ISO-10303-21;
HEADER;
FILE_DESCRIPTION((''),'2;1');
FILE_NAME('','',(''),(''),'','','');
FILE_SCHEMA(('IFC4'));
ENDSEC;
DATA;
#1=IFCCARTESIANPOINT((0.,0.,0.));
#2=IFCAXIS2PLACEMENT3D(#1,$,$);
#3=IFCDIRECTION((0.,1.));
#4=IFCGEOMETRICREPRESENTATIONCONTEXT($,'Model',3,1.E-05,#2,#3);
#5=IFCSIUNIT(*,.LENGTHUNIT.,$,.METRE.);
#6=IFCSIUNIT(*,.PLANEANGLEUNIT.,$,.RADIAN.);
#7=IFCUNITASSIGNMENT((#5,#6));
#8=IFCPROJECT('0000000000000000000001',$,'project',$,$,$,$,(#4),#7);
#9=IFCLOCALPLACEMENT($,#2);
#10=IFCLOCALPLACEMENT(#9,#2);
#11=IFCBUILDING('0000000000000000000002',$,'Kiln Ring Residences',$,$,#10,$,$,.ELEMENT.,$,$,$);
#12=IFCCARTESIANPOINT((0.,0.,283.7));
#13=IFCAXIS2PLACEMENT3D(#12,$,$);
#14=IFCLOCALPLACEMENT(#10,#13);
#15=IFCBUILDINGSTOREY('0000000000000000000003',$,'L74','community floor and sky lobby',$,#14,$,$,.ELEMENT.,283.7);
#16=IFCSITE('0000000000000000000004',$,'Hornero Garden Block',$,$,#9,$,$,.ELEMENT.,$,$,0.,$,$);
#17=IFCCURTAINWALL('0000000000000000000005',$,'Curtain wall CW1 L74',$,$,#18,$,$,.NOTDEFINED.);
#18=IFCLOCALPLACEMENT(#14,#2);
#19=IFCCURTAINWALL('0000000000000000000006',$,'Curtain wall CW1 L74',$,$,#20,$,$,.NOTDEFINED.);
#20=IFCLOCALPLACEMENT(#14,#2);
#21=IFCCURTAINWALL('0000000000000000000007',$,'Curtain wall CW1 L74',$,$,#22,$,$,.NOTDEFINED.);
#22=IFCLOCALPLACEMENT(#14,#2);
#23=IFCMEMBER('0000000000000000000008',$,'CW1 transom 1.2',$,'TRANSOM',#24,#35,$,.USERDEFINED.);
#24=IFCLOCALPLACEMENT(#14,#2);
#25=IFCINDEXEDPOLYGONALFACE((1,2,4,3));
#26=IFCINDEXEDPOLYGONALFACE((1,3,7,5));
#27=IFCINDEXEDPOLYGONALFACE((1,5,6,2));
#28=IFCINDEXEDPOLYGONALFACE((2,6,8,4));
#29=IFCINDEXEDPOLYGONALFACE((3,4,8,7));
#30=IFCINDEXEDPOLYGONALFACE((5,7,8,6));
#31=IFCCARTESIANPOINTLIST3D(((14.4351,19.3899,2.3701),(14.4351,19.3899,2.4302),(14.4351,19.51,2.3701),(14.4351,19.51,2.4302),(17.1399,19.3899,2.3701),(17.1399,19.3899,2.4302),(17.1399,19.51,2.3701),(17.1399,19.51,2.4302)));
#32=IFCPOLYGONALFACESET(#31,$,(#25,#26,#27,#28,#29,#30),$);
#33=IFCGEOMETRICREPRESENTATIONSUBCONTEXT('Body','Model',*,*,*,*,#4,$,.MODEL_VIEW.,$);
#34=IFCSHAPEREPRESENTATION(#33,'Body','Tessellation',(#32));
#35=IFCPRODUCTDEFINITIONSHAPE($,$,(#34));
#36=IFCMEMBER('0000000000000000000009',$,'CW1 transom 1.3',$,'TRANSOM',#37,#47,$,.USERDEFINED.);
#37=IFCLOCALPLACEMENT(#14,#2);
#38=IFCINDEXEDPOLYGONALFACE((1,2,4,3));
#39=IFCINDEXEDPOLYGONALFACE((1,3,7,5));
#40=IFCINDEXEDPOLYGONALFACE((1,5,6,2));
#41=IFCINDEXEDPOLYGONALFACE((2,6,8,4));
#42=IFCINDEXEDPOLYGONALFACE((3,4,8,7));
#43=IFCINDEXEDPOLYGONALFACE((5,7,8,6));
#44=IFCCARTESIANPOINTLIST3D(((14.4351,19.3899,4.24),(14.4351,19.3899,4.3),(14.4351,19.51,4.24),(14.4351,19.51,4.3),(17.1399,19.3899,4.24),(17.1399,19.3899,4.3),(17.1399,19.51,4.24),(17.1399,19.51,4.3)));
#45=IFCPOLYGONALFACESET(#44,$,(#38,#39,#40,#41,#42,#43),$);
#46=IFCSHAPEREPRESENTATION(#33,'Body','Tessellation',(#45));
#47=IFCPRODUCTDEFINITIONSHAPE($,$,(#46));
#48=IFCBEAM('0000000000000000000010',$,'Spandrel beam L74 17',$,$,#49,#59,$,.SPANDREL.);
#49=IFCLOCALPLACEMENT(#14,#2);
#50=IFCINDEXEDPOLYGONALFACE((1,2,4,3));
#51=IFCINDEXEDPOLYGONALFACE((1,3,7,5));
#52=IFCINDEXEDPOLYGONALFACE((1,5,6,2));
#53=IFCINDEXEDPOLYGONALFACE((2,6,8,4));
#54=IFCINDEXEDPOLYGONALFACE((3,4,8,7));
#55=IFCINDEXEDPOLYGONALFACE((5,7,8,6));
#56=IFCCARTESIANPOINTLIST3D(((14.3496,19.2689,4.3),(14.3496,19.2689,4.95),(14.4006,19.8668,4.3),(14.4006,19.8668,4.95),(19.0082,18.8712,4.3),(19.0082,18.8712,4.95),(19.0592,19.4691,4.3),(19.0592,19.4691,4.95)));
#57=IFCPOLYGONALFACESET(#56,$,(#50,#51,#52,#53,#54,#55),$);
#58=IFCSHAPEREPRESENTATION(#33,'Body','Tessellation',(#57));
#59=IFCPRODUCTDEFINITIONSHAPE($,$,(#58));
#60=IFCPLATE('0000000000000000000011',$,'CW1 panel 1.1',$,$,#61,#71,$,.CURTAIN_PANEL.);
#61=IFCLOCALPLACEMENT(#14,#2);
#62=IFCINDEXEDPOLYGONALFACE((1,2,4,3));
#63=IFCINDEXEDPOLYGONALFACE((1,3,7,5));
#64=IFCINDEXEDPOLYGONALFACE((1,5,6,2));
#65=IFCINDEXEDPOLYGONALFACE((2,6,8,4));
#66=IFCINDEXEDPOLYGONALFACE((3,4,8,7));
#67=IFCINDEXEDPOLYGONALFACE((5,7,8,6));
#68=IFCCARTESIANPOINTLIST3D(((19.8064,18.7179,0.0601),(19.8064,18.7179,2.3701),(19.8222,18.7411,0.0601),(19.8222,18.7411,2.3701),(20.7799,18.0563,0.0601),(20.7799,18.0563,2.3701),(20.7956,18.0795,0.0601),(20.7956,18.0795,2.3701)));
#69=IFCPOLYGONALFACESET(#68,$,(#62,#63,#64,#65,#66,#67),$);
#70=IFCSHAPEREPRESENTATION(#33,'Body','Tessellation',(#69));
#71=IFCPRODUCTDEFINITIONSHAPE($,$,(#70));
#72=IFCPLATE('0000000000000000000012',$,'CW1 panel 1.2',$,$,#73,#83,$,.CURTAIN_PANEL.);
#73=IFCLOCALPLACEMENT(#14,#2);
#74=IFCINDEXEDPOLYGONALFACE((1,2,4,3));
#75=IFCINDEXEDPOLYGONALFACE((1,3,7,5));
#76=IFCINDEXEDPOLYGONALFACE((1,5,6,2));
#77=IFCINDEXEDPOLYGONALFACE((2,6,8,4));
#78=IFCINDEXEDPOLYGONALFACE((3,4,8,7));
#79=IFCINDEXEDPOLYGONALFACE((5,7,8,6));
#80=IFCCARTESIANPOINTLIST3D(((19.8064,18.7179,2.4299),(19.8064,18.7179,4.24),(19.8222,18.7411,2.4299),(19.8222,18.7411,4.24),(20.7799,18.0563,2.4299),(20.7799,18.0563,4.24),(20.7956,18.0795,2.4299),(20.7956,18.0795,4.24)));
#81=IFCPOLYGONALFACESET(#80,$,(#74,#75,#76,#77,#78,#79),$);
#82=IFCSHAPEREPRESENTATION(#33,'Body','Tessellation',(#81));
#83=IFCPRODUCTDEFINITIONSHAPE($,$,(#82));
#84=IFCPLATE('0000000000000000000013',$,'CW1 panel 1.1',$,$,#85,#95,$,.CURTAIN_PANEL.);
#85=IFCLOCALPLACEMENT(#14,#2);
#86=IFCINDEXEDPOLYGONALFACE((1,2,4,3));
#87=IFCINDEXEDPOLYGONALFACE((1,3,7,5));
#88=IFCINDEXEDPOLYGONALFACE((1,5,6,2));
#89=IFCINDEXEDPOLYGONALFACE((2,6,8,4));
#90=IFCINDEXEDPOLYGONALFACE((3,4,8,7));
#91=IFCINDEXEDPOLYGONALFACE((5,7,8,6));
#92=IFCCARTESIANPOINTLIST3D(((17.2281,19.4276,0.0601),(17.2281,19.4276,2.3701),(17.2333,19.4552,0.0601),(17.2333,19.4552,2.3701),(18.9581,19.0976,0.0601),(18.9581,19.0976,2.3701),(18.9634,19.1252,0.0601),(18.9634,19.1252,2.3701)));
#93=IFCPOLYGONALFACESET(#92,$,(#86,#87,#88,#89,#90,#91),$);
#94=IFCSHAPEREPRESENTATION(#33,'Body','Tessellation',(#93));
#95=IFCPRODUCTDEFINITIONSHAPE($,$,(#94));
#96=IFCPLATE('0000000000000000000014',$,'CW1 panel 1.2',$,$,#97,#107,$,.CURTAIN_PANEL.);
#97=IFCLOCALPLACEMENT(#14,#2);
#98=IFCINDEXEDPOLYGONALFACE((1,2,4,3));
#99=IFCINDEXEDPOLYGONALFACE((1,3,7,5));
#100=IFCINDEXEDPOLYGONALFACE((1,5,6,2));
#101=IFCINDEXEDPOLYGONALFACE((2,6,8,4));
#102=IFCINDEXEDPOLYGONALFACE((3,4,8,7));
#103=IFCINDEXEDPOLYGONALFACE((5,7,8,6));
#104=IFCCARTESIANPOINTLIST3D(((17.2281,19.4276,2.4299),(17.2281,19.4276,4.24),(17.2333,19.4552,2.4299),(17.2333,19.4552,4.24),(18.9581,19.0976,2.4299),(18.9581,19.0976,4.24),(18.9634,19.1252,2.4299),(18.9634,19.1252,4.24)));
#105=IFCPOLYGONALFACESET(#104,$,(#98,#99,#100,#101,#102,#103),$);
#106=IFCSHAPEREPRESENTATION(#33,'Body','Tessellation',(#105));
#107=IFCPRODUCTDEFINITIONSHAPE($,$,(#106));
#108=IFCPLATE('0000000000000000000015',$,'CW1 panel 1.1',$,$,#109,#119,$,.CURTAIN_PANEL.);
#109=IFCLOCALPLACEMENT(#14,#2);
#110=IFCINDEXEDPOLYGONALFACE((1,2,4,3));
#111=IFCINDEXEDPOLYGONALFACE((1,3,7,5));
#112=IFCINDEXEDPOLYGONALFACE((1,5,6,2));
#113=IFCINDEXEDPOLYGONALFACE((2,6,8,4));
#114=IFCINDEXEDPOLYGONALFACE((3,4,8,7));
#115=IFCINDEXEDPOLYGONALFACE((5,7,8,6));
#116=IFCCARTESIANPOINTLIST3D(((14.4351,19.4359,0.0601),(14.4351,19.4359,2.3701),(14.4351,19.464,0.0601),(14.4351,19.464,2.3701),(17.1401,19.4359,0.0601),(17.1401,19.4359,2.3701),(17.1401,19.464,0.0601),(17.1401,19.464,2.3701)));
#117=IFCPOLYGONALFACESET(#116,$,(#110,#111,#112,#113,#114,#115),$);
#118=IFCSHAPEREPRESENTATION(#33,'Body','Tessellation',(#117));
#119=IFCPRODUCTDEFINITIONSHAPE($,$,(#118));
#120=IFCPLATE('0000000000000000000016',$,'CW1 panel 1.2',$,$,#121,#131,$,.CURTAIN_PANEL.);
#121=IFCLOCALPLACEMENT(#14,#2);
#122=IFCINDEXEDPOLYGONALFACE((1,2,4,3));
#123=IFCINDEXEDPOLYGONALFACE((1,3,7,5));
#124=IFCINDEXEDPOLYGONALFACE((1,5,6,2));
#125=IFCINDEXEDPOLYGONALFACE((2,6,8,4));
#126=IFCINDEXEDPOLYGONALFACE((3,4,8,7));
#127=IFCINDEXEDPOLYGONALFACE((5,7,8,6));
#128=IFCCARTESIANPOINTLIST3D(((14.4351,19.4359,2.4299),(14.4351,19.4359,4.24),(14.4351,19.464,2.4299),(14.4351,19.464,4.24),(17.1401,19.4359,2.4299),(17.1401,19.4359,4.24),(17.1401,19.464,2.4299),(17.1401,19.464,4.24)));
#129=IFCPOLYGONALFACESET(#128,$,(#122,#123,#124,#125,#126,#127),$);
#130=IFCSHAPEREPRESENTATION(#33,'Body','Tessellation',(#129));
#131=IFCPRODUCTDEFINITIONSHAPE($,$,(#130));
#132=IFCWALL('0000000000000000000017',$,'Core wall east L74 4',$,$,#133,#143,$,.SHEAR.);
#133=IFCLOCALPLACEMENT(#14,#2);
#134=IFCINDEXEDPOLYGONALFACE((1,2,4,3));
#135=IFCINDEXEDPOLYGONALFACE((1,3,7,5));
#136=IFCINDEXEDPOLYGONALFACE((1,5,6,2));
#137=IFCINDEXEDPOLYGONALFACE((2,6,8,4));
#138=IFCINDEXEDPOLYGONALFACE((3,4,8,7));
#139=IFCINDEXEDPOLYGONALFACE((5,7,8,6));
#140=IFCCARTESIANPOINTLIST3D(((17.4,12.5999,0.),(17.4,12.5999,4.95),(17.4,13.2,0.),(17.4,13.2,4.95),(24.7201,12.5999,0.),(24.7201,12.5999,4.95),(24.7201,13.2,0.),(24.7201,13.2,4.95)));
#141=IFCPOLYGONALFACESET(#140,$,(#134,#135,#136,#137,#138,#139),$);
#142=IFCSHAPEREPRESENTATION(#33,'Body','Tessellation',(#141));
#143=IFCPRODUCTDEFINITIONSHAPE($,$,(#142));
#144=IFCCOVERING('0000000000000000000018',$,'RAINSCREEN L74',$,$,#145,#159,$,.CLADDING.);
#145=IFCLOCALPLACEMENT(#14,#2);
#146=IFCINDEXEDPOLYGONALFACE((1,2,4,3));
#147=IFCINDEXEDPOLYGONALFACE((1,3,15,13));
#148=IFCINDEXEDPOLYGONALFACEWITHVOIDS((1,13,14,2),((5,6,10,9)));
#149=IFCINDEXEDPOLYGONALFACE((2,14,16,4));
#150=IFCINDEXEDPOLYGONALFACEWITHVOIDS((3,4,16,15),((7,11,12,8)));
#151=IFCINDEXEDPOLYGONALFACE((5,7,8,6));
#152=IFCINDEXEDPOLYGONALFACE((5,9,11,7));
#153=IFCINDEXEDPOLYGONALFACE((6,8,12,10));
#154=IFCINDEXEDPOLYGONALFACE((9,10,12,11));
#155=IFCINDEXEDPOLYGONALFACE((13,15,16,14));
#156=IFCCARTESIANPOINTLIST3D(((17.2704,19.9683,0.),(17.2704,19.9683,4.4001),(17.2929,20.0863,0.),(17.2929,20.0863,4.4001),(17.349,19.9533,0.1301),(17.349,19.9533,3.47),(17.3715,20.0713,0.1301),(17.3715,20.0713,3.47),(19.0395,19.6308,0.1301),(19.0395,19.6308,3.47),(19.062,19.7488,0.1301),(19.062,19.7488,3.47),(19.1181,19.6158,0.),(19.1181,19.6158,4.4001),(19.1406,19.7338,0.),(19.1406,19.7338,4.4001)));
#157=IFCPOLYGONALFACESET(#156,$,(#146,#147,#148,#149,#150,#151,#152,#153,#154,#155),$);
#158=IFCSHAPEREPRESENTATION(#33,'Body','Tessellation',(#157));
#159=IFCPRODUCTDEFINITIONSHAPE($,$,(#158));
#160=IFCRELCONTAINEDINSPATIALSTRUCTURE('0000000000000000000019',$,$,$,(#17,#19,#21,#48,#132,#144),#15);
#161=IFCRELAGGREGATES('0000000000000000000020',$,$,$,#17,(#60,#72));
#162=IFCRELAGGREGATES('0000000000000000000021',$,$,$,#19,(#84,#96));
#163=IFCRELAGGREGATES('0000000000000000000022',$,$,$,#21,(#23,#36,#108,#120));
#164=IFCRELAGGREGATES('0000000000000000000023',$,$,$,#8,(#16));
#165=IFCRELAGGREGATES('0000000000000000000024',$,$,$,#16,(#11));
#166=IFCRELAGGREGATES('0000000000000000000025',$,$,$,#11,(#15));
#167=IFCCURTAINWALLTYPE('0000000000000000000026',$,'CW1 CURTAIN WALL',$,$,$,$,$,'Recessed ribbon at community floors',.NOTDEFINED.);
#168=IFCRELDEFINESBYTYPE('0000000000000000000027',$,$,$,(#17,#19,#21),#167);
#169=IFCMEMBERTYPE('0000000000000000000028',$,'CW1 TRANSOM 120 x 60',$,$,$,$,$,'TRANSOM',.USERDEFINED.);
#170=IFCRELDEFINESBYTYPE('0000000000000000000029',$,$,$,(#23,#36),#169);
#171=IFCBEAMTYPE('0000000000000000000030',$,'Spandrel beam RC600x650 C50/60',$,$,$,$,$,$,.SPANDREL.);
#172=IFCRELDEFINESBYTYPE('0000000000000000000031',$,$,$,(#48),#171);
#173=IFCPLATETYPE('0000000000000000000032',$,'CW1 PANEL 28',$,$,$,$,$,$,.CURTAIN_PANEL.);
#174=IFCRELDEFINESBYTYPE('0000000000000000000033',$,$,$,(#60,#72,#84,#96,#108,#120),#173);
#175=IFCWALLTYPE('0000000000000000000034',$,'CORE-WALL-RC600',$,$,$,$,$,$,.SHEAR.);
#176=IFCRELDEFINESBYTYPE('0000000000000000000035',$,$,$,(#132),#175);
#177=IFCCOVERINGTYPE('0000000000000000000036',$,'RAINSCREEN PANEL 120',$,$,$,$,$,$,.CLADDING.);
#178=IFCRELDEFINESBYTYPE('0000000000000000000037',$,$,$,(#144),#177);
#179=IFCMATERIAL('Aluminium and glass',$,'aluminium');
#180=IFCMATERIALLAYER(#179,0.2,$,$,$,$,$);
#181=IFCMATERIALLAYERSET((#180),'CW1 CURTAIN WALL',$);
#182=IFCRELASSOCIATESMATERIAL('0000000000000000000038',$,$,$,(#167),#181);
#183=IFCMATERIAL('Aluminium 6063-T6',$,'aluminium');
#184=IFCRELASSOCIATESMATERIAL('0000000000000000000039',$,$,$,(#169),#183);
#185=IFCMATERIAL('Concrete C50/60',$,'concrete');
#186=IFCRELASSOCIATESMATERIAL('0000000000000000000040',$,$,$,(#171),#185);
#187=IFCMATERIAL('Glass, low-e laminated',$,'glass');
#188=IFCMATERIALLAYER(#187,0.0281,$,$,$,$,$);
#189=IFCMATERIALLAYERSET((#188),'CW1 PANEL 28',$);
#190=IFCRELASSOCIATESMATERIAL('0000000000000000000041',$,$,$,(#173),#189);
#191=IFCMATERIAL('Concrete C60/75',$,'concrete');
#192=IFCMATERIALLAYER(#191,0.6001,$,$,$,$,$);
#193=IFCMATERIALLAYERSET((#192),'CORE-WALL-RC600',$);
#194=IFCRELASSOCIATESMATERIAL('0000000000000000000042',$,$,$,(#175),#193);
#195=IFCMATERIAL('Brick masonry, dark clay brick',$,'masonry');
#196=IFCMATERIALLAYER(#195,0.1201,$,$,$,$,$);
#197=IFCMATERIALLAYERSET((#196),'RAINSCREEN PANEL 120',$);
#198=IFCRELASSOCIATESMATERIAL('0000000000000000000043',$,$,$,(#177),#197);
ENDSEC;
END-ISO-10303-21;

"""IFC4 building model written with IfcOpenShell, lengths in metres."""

from ifc_helpers import new_model, si_unit, direction, frame, frame_2d, origin, origin_2d, place, context, subcontext, project, spatial, polyline, rectangle, outline, extrude, material, layer, layer_set, material_profile, profile_set, type_object, element, aggregate, save


model = new_model("IFC4")

# Units and contexts
model_context = context("Model", 3, precision=1e-05, world=origin(), true_north=direction((0.0, 1.0)))
body_context = subcontext(model_context, "Body", "Model", "MODEL_VIEW")
ifc_project = project(units=[si_unit("LENGTHUNIT", "METRE"), si_unit("PLANEANGLEUNIT", "RADIAN")], contexts=[model_context])

# Site, building, storey
site_placement = place(None, origin())
site = spatial("IfcSite", under=ifc_project, at=site_placement, Name="Hornero Garden Block", CompositionType="ELEMENT", RefElevation=0.0)
building_placement = place(site_placement, origin())
building = spatial("IfcBuilding", under=site, at=building_placement, Name="Kiln Ring Residences", CompositionType="ELEMENT")
storey_placement = place(building_placement, frame((0.0, 0.0, 283.7)))
storey = spatial("IfcBuildingStorey", under=building, at=storey_placement, Name="L74", Description="community floor and sky lobby", CompositionType="ELEMENT", Elevation=283.7)

# Curtain walls
ifc_material_1 = material(Name="Aluminium and glass", Category="aluminium")
ifc_layer_1 = layer(ifc_material_1, 0.2)
ifc_layer_set_1 = layer_set([ifc_layer_1], Name="CW1 CURTAIN WALL")
curtain_wall_type = type_object("IfcCurtainWallType", Name="CW1 CURTAIN WALL", ElementType="Recessed ribbon at community floors", PredefinedType="NOTDEFINED", material=ifc_layer_set_1)
placement = place(storey_placement, origin())
curtain_wall_1 = element("IfcCurtainWall", 1, at=placement, inside=storey, type_object=curtain_wall_type, Name="Curtain wall CW1 L74", PredefinedType="NOTDEFINED")
curtain_wall_2 = element("IfcCurtainWall", 2, at=placement, inside=storey, type_object=curtain_wall_type, Name="Curtain wall CW1 L74", PredefinedType="NOTDEFINED")

# Curtain wall
curtain_wall_3 = element("IfcCurtainWall", 3, at=placement, inside=storey, type_object=curtain_wall_type, Name="Curtain wall CW1 L74", PredefinedType="NOTDEFINED")

# Members
ifc_material_2 = material(Name="Aluminium 6063-T6", Category="aluminium")
ifc_material_profile_1 = material_profile(ifc_material_2, rectangle(XDim=0.1201, YDim=0.0601, at=origin_2d()), Name="AL 120x60")
ifc_profile_set_1 = profile_set([ifc_material_profile_1], Name="Aluminium 6063-T6")
member_type_1 = type_object("IfcMemberType", Name="CW1 TRANSOM 120 x 60", ElementType="TRANSOM", PredefinedType="USERDEFINED", material=ifc_profile_set_1)
member_1_placement = place(storey_placement, frame((17.1399, 19.45, 2.4001), z_axis=(-1.0, 0.0, 0.0), x_axis=(0.0, -1.0, 0.0)))
member_1 = element("IfcMember", 4, at=member_1_placement, type_object=member_type_1, Name="CW1 transom 1.2", ObjectType="TRANSOM", PredefinedType="USERDEFINED", context=body_context, shape_type="SweptSolid", body=[
    extrude(rectangle(XDim=0.1201, YDim=0.0601, at=origin_2d()), origin(), (0.0, 0.0, 1.0), 2.7048),
])
member_2_placement = place(storey_placement, frame((17.1399, 19.45, 4.27), z_axis=(-1.0, 0.0, 0.0), x_axis=(0.0, -1.0, 0.0)))
member_2 = element("IfcMember", 5, at=member_2_placement, type_object=member_type_1, Name="CW1 transom 1.3", ObjectType="TRANSOM", PredefinedType="USERDEFINED", context=body_context, shape_type="SweptSolid", body=[
    extrude(rectangle(XDim=0.1201, YDim=0.0601, at=origin_2d()), origin(), (0.0, 0.0, 1.0), 2.7048),
])

# Beam
ifc_material_3 = material(Name="Concrete C50/60", Category="concrete")
ifc_material_profile_2 = material_profile(ifc_material_3, rectangle(XDim=0.6001, YDim=0.6499, at=origin_2d()), Name="RC600x650")
ifc_profile_set_2 = profile_set([ifc_material_profile_2], Name="Concrete C50/60")
beam_type = type_object("IfcBeamType", Name="Spandrel beam RC600x650 C50/60", PredefinedType="SPANDREL", material=ifc_profile_set_2)
beam_placement = place(storey_placement, frame((19.0337, 19.1702, 4.625), z_axis=(-0.996376, 0.085059, 0.0), x_axis=(-0.085059, -0.996376, 0.0)))
element("IfcBeam", 6, at=beam_placement, inside=storey, type_object=beam_type, Name="Spandrel beam L74 17", PredefinedType="SPANDREL", context=body_context, shape_type="SweptSolid", body=[
    extrude(rectangle(XDim=0.6001, YDim=0.6499, at=origin_2d()), origin(), (0.0, 0.0, 1.0), 4.6755),
])

# Plates
ifc_material_4 = material(Name="Glass, low-e laminated", Category="glass")
ifc_layer_2 = layer(ifc_material_4, 0.0281)
ifc_layer_set_2 = layer_set([ifc_layer_2], Name="CW1 PANEL 28")
plate_type = type_object("IfcPlateType", Name="CW1 PANEL 28", PredefinedType="CURTAIN_PANEL", material=ifc_layer_set_2)
plate_1_placement = place(storey_placement, frame((20.301, 18.3987, 0.0601), z_axis=(0.0, 0.0, 1.0), x_axis=(-0.827072, 0.562097, 0.0)))
plate_1 = element("IfcPlate", 7, at=plate_1_placement, type_object=plate_type, Name="CW1 panel 1.1", PredefinedType="CURTAIN_PANEL", context=body_context, shape_type="SweptSolid", body=[
    extrude(rectangle(XDim=1.177, YDim=0.0281, at=origin_2d()), origin(), (0.0, 0.0, 1.0), 2.3101),
])
plate_2_placement = place(storey_placement, frame((20.301, 18.3987, 2.4299), z_axis=(0.0, 0.0, 1.0), x_axis=(-0.827072, 0.562097, 0.0)))
plate_2 = element("IfcPlate", 8, at=plate_2_placement, type_object=plate_type, Name="CW1 panel 1.2", PredefinedType="CURTAIN_PANEL", context=body_context, shape_type="SweptSolid", body=[
    extrude(rectangle(XDim=1.177, YDim=0.0281, at=origin_2d()), origin(), (0.0, 0.0, 1.0), 1.8101),
])
aggregate(curtain_wall_1, [plate_1, plate_2])
plate_3_placement = place(storey_placement, frame((18.0957, 19.2764, 0.0601), z_axis=(0.0, 0.0, 1.0), x_axis=(-0.98229, 0.187366, 0.0)))
plate_3 = element("IfcPlate", 9, at=plate_3_placement, type_object=plate_type, Name="CW1 panel 1.1", PredefinedType="CURTAIN_PANEL", context=body_context, shape_type="SweptSolid", body=[
    extrude(rectangle(XDim=1.7612, YDim=0.0281, at=origin_2d()), origin(), (0.0, 0.0, 1.0), 2.3101),
])
plate_4_placement = place(storey_placement, frame((18.0957, 19.2764, 2.4299), z_axis=(0.0, 0.0, 1.0), x_axis=(-0.98229, 0.187366, 0.0)))
plate_4 = element("IfcPlate", 10, at=plate_4_placement, type_object=plate_type, Name="CW1 panel 1.2", PredefinedType="CURTAIN_PANEL", context=body_context, shape_type="SweptSolid", body=[
    extrude(rectangle(XDim=1.7612, YDim=0.0281, at=origin_2d()), origin(), (0.0, 0.0, 1.0), 1.8101),
])
aggregate(curtain_wall_2, [plate_3, plate_4])
plate_5_placement = place(storey_placement, frame((15.7876, 19.45, 0.0601), z_axis=(0.0, 0.0, 1.0), x_axis=(-1.0, 0.0, 0.0)))
plate_5 = element("IfcPlate", 11, at=plate_5_placement, type_object=plate_type, Name="CW1 panel 1.1", PredefinedType="CURTAIN_PANEL", context=body_context, shape_type="SweptSolid", body=[
    extrude(rectangle(XDim=2.7051, YDim=0.0281, at=origin_2d()), origin(), (0.0, 0.0, 1.0), 2.3101),
])
plate_6_placement = place(storey_placement, frame((15.7876, 19.45, 2.4299), z_axis=(0.0, 0.0, 1.0), x_axis=(-1.0, 0.0, 0.0)))
plate_6 = element("IfcPlate", 12, at=plate_6_placement, type_object=plate_type, Name="CW1 panel 1.2", PredefinedType="CURTAIN_PANEL", context=body_context, shape_type="SweptSolid", body=[
    extrude(rectangle(XDim=2.7051, YDim=0.0281, at=origin_2d()), origin(), (0.0, 0.0, 1.0), 1.8101),
])
aggregate(curtain_wall_3, [member_1, member_2, plate_5, plate_6])

# Wall
ifc_material_5 = material(Name="Concrete C60/75", Category="concrete")
ifc_layer_3 = layer(ifc_material_5, 0.6001)
ifc_layer_set_3 = layer_set([ifc_layer_3], Name="CORE-WALL-RC600")
wall_type = type_object("IfcWallType", Name="CORE-WALL-RC600", PredefinedType="SHEAR", material=ifc_layer_set_3)
wall_placement = place(storey_placement, frame((17.3999, 12.8999, 0.0), z_axis=(0.0, 0.0, 1.0), x_axis=(1.0, 0.0, 0.0)))
element("IfcWall", 13, at=wall_placement, inside=storey, type_object=wall_type, Name="Core wall east L74 4", PredefinedType="SHEAR", context=body_context, shape_type="SweptSolid", body=[
    extrude(rectangle(XDim=7.3201, YDim=0.6001, at=frame_2d((3.6602, 0.0))), origin(), (0.0, 0.0, 1.0), 4.95),
])

# Covering
ifc_material_6 = material(Name="Brick masonry, dark clay brick", Category="masonry")
ifc_layer_4 = layer(ifc_material_6, 0.1201)
ifc_layer_set_4 = layer_set([ifc_layer_4], Name="RAINSCREEN PANEL 120")
covering_type = type_object("IfcCoveringType", Name="RAINSCREEN PANEL 120", PredefinedType="CLADDING", material=ifc_layer_set_4)
covering_1_placement = place(storey_placement, frame((19.1294, 19.6748, 0.0), z_axis=(0.0, 0.0, 1.0), x_axis=(-0.982284, 0.187398, 0.0)))
element("IfcCovering", 14, at=covering_1_placement, inside=storey, type_object=covering_type, Name="RAINSCREEN L74", PredefinedType="CLADDING", context=body_context, shape_type="SweptSolid", body=[
    extrude(outline(polyline([(0.0, 0.0), (1.8811, 0.0), (1.8811, 4.4001), (0.0, 4.4001), (0.0, 0.0)]), holes=[polyline([(0.0801, 3.47), (0.0801, 0.1301), (1.801, 0.1301), (1.801, 3.47), (0.0801, 3.47)])]), frame((0.0, 0.0601, 0.0), z_axis=(0.0, -1.0, 0.0), x_axis=(1.0, 0.0, 0.0)), (0.0, 0.0, 1.0), 0.1201),
])

save(model, "model.ifc")
